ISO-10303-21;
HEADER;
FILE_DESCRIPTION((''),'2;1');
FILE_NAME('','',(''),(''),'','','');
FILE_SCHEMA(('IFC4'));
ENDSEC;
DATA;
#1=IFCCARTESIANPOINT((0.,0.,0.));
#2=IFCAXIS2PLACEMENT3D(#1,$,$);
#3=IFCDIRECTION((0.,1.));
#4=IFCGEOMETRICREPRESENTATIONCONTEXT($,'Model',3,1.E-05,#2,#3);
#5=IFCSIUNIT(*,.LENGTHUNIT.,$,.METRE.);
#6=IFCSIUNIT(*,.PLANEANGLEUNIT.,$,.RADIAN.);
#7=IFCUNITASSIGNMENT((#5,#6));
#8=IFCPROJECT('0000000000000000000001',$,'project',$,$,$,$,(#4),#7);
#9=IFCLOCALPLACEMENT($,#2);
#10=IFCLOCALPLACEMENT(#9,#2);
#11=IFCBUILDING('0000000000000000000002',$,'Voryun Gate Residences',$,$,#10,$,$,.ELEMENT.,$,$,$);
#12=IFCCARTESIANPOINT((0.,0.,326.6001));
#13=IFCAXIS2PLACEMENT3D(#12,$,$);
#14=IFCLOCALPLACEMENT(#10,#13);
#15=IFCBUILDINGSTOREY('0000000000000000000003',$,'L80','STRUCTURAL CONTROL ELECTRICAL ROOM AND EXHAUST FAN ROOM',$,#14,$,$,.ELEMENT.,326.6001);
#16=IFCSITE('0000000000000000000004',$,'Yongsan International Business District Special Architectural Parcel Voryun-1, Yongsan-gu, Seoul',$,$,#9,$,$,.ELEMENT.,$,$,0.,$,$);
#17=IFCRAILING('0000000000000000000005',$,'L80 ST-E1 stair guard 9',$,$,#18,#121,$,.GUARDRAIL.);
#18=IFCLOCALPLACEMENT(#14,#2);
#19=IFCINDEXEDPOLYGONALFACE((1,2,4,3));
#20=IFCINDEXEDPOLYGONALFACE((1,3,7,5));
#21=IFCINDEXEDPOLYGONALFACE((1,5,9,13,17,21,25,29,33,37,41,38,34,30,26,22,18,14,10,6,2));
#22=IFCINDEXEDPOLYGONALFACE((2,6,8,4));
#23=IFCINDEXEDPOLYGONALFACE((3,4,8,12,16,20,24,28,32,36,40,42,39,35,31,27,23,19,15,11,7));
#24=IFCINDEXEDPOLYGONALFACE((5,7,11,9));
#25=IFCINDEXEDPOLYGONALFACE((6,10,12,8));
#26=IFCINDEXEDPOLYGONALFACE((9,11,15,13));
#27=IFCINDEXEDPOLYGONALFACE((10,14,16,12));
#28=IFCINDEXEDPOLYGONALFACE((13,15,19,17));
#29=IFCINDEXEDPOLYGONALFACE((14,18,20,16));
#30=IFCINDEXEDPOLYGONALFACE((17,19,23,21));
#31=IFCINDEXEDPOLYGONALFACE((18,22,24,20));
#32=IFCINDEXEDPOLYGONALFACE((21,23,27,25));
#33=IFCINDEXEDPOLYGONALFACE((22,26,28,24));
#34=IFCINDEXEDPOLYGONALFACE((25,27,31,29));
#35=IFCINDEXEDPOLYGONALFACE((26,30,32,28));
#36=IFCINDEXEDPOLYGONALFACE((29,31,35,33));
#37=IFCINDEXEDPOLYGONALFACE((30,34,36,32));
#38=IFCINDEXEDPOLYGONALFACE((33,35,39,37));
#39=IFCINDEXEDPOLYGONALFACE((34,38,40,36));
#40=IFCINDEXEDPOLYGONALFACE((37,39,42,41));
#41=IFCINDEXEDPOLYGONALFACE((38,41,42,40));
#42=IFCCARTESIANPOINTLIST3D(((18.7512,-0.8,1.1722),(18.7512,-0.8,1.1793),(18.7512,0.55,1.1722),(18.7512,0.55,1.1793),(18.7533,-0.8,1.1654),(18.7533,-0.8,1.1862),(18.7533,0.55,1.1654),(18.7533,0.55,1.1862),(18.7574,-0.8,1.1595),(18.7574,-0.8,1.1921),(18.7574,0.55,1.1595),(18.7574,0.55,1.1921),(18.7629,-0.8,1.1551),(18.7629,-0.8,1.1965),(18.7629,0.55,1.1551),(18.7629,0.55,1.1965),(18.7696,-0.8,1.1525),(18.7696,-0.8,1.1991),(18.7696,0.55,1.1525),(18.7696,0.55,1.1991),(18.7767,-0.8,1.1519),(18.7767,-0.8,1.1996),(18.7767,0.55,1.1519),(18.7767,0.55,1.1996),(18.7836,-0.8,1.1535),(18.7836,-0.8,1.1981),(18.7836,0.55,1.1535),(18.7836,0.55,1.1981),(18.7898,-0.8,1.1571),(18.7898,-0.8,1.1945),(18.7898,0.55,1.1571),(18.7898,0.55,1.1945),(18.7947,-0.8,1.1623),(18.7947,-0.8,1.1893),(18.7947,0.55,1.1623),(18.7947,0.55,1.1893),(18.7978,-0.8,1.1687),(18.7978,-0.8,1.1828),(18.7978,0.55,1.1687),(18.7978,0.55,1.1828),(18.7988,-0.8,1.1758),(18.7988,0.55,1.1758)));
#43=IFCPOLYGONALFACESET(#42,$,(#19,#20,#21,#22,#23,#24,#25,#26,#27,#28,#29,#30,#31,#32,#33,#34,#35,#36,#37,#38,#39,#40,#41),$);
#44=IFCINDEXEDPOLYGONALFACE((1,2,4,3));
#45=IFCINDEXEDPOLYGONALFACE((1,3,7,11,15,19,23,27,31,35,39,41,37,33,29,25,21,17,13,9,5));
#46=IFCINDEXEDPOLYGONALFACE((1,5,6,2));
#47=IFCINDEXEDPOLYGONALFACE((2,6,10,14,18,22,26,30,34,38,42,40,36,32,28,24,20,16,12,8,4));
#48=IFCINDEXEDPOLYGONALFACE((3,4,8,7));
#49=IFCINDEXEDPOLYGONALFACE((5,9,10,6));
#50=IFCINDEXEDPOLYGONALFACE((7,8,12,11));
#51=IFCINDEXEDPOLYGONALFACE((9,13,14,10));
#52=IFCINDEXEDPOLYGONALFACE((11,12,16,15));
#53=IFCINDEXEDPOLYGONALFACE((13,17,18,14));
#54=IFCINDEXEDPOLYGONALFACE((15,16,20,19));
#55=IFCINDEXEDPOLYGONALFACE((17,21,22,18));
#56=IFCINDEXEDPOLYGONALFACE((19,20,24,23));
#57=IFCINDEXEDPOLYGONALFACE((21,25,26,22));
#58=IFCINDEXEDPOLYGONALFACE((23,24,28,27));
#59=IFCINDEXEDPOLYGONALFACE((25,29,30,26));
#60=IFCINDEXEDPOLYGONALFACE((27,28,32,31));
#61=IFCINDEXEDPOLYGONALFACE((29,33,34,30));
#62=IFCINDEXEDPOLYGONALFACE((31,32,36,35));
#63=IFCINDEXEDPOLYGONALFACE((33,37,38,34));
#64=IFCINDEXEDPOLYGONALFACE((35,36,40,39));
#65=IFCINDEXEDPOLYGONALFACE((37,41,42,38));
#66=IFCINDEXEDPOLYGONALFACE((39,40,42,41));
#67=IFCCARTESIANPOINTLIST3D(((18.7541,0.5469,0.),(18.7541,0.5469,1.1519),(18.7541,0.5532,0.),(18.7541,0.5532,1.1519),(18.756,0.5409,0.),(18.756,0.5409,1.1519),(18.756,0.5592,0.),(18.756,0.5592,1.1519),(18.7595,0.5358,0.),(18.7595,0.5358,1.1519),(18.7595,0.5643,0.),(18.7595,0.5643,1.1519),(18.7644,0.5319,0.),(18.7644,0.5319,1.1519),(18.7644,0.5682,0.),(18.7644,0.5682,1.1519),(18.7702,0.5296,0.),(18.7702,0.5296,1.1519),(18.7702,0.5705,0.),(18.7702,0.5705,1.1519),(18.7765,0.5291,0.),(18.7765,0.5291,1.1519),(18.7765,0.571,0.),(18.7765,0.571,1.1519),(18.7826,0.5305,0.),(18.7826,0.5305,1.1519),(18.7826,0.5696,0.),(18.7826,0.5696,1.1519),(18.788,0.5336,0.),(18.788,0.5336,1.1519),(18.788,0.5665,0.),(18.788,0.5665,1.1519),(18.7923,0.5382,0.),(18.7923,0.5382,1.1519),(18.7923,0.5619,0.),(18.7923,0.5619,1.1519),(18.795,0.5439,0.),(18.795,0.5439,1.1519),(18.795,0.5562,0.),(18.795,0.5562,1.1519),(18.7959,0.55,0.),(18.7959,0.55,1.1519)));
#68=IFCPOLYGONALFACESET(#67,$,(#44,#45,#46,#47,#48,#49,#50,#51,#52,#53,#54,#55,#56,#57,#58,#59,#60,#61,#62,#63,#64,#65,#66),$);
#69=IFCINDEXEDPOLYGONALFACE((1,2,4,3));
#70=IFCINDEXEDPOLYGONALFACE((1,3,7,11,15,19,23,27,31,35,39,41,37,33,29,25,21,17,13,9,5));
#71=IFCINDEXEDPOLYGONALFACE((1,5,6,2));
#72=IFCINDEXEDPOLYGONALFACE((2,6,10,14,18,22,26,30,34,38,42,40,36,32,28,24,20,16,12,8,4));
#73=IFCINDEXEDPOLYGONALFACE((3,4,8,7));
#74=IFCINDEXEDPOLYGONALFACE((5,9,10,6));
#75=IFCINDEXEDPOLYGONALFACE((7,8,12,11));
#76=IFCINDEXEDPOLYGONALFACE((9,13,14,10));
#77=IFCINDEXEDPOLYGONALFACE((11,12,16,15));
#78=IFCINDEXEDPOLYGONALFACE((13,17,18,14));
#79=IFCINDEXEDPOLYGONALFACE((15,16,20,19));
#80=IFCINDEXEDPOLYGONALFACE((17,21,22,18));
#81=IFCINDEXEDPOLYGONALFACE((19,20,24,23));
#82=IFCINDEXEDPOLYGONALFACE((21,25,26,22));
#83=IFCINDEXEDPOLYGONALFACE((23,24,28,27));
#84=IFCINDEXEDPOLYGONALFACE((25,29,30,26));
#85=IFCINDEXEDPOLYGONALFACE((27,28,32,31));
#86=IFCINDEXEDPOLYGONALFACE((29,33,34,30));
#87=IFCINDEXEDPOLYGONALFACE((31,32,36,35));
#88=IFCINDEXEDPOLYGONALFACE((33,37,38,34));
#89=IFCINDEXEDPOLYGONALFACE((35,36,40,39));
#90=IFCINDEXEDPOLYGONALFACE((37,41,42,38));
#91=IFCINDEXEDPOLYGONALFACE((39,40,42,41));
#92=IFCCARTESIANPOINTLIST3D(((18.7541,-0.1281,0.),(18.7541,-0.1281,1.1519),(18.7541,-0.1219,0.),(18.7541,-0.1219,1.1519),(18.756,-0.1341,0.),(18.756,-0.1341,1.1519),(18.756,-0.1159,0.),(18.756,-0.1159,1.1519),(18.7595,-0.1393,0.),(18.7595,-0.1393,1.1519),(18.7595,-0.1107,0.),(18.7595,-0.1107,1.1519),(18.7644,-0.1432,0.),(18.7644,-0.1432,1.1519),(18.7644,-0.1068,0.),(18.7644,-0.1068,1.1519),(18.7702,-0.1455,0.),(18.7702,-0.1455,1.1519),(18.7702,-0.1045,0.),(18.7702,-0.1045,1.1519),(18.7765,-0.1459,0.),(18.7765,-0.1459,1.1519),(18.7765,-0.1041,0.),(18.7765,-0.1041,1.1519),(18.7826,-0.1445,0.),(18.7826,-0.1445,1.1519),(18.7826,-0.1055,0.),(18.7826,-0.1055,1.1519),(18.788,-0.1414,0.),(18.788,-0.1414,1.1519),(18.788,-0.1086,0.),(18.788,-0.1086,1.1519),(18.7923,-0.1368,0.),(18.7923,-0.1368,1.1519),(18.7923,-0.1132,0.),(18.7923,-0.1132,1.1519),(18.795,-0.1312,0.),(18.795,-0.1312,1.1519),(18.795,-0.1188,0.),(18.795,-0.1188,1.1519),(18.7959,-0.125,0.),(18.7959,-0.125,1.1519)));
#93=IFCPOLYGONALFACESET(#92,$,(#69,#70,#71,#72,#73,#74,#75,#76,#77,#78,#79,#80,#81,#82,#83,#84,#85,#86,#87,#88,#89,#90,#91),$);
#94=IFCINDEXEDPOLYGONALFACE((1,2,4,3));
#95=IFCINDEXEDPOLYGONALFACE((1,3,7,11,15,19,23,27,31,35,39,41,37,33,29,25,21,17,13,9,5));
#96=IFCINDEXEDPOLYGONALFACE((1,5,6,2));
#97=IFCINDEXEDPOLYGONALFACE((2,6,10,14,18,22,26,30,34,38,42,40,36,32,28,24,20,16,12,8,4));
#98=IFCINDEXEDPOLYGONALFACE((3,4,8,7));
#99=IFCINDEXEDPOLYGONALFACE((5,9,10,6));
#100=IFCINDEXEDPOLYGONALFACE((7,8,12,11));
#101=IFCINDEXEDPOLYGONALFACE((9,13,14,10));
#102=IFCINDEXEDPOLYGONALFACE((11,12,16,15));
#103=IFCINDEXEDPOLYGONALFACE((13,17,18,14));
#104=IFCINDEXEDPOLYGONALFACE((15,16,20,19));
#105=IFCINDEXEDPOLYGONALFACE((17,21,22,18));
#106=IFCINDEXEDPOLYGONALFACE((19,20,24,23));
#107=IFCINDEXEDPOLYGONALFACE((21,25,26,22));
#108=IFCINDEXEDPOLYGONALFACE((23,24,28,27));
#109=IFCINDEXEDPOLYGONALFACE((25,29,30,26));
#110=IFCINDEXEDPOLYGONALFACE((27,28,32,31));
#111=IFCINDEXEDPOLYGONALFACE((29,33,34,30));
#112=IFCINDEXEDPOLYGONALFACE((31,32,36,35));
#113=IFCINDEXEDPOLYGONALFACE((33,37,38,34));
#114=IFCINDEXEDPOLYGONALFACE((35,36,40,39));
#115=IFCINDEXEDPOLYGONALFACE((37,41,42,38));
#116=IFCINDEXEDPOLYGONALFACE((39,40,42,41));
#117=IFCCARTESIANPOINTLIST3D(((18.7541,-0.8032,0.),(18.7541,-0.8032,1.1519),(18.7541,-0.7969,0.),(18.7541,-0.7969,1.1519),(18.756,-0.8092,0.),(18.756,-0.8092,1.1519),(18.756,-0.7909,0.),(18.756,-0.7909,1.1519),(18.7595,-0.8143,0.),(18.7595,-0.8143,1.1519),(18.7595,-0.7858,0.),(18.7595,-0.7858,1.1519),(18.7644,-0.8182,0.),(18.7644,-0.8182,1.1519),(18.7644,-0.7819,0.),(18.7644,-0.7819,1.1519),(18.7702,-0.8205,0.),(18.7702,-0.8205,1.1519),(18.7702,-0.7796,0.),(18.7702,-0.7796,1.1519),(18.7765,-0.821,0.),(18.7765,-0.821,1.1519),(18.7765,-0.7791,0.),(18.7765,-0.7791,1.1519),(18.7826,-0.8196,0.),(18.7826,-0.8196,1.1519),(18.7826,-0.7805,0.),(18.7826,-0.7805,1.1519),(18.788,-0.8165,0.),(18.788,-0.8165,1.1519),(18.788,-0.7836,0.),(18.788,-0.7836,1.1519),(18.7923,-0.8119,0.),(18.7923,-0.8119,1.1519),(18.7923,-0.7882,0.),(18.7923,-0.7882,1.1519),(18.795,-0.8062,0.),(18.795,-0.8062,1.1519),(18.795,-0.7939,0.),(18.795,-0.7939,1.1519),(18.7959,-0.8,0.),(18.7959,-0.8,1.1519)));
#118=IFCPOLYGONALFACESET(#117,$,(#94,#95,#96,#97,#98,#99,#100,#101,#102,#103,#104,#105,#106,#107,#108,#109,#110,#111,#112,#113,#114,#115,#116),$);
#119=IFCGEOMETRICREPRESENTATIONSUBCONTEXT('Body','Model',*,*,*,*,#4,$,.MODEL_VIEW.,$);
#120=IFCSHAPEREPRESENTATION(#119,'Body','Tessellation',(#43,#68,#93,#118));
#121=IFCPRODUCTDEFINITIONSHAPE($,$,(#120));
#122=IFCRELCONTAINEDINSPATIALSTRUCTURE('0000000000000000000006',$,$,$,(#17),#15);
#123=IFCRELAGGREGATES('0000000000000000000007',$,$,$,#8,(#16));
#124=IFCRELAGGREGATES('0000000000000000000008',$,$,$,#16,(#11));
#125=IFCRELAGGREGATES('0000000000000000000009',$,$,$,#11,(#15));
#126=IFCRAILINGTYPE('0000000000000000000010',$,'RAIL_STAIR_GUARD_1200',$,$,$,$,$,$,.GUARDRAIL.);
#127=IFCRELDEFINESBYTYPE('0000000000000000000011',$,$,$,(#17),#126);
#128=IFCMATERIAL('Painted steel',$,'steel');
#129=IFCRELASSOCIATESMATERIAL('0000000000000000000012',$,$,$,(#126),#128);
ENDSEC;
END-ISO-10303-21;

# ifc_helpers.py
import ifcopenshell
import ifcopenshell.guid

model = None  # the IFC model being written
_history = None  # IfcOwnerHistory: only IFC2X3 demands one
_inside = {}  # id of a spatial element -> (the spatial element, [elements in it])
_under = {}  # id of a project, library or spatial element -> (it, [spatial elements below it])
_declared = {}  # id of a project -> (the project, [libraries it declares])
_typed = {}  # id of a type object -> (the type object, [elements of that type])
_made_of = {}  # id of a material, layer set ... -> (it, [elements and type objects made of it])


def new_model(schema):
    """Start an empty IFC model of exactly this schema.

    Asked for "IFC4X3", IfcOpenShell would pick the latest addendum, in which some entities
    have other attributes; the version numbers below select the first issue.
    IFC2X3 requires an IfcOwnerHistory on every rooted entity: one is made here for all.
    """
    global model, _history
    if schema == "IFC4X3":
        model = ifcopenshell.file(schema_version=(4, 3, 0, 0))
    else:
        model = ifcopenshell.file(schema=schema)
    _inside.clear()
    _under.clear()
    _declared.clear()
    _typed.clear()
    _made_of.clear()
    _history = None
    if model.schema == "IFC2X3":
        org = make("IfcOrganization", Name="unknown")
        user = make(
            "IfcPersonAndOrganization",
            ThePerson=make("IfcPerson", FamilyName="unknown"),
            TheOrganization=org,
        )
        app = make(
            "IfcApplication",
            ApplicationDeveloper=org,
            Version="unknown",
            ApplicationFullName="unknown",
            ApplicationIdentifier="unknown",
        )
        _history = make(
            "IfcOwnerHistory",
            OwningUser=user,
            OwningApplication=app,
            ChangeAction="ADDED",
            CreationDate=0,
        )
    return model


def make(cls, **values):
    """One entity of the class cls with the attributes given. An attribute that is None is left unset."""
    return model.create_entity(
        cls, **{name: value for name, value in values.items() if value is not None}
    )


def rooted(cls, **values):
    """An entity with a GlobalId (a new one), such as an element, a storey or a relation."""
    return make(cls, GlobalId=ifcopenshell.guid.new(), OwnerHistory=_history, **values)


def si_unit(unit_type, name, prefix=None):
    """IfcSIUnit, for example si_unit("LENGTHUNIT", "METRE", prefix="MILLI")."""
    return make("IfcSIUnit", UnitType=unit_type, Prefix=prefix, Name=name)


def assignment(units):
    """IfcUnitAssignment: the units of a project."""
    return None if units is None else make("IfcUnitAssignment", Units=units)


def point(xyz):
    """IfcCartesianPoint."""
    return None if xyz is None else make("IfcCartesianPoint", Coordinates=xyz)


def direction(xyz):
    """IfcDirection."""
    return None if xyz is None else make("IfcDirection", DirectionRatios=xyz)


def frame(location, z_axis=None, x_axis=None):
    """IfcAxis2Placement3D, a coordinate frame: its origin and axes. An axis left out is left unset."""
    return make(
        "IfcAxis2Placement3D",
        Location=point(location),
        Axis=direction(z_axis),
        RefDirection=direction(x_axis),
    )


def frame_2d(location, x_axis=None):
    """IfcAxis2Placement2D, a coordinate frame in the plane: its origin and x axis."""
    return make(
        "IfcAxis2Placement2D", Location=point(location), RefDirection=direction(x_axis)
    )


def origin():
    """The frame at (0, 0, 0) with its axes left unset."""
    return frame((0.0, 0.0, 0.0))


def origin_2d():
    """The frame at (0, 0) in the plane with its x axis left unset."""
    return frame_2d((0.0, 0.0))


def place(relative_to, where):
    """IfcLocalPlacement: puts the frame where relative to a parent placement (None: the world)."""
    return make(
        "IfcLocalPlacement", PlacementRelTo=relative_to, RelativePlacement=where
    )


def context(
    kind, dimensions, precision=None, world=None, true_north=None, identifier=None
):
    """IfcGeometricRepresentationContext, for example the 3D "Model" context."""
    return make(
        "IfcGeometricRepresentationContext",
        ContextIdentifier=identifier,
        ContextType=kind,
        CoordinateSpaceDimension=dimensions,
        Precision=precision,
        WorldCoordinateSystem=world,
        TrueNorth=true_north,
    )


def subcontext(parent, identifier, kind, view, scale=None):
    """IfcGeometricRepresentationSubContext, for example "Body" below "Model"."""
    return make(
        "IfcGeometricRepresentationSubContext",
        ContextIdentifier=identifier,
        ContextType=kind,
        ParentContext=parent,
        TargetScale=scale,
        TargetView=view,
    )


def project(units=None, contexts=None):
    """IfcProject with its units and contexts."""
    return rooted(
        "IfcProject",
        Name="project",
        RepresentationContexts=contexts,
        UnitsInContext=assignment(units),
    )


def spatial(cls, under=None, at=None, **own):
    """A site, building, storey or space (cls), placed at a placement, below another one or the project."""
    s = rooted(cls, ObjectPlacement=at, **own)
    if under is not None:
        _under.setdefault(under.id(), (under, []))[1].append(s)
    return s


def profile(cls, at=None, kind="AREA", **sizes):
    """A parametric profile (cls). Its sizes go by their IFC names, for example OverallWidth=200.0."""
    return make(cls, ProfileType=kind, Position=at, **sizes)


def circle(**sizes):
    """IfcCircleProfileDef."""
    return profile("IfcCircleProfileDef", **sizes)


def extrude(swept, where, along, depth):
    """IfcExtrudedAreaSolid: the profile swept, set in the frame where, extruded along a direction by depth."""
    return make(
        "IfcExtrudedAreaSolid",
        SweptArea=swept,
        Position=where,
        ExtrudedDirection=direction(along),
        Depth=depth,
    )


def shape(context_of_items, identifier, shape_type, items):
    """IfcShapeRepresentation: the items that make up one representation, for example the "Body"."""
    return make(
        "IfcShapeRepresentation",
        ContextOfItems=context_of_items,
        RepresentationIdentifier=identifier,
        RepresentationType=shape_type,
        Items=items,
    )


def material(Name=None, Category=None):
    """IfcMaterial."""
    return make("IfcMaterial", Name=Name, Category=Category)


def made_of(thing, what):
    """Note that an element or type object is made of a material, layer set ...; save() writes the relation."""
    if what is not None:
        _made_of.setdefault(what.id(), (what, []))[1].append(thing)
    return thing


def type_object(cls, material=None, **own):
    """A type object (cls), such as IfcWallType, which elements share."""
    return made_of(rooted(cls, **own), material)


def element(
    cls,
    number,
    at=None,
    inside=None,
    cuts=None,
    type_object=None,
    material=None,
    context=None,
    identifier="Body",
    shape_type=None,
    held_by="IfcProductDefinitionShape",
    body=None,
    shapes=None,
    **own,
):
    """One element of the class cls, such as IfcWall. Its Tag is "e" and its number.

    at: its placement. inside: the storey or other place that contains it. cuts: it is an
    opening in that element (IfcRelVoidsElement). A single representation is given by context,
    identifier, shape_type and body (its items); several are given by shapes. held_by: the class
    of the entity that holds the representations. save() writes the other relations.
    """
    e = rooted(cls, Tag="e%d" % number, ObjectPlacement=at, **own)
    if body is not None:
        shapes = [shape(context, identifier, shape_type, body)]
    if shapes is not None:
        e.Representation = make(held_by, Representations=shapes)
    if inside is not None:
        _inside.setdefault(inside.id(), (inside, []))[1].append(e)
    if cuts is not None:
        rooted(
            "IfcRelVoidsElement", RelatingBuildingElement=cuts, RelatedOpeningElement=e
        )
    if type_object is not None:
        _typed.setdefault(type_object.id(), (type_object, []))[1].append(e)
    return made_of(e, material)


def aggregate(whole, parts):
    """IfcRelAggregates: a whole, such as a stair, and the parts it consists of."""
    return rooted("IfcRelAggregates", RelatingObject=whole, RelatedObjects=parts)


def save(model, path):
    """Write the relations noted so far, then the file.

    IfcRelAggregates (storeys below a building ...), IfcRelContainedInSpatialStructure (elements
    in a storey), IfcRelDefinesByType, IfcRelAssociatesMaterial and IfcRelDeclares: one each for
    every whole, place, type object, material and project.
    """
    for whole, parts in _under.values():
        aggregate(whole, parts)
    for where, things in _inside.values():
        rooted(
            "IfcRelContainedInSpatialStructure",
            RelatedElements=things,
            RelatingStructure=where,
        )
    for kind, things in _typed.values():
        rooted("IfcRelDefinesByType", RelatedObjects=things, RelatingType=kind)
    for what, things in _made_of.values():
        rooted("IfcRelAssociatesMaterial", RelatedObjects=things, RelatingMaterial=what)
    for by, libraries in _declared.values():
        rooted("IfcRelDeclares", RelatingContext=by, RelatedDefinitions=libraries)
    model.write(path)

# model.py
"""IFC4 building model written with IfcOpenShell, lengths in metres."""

from ifc_helpers import new_model, si_unit, direction, frame, origin, origin_2d, place, context, subcontext, project, spatial, circle, extrude, material, type_object, element, save


model = new_model("IFC4")

# Units and contexts
model_context = context("Model", 3, precision=1e-05, world=origin(), true_north=direction((0.0, 1.0)))
body_context = subcontext(model_context, "Body", "Model", "MODEL_VIEW")
ifc_project = project(units=[si_unit("LENGTHUNIT", "METRE"), si_unit("PLANEANGLEUNIT", "RADIAN")], contexts=[model_context])

# Site, building, storey
site_placement = place(None, origin())
site = spatial("IfcSite", under=ifc_project, at=site_placement, Name="Yongsan International Business District Special Architectural Parcel Voryun-1, Yongsan-gu, Seoul", CompositionType="ELEMENT", RefElevation=0.0)
building_placement = place(site_placement, origin())
building = spatial("IfcBuilding", under=site, at=building_placement, Name="Voryun Gate Residences", CompositionType="ELEMENT")
storey_placement = place(building_placement, frame((0.0, 0.0, 326.6001)))
storey = spatial("IfcBuildingStorey", under=building, at=storey_placement, Name="L80", Description="STRUCTURAL CONTROL ELECTRICAL ROOM AND EXHAUST FAN ROOM", CompositionType="ELEMENT", Elevation=326.6001)

# Railing
ifc_material_1 = material(Name="Painted steel", Category="steel")
railing_type = type_object("IfcRailingType", Name="RAIL_STAIR_GUARD_1200", PredefinedType="GUARDRAIL", material=ifc_material_1)
for number, where, name in (
    (1, (18.7749, 0.55, 0.0), "L80 ST-E1 stair guard 9"),
):
    element("IfcRailing", number, at=place(storey_placement, frame(where)), inside=storey, type_object=railing_type, Name=name, PredefinedType="GUARDRAIL", context=body_context, shape_type="SweptSolid", body=[
        extrude(circle(Radius=0.0239, at=origin_2d()), frame((0.0, 0.0, 1.1758), z_axis=(0.0, -1.0, 0.0), x_axis=(1.0, 0.0, 0.0)), (0.0, 0.0, 1.0), 1.3501),
        extrude(circle(Radius=0.021, at=origin_2d()), origin(), (0.0, 0.0, 1.0), 1.1519),
        extrude(circle(Radius=0.021, at=origin_2d()), frame((0.0, -0.675, 0.0)), (0.0, 0.0, 1.0), 1.1519),
        extrude(circle(Radius=0.021, at=origin_2d()), frame((0.0, -1.3501, 0.0)), (0.0, 0.0, 1.0), 1.1519),
    ])

save(model, "model.ifc")
